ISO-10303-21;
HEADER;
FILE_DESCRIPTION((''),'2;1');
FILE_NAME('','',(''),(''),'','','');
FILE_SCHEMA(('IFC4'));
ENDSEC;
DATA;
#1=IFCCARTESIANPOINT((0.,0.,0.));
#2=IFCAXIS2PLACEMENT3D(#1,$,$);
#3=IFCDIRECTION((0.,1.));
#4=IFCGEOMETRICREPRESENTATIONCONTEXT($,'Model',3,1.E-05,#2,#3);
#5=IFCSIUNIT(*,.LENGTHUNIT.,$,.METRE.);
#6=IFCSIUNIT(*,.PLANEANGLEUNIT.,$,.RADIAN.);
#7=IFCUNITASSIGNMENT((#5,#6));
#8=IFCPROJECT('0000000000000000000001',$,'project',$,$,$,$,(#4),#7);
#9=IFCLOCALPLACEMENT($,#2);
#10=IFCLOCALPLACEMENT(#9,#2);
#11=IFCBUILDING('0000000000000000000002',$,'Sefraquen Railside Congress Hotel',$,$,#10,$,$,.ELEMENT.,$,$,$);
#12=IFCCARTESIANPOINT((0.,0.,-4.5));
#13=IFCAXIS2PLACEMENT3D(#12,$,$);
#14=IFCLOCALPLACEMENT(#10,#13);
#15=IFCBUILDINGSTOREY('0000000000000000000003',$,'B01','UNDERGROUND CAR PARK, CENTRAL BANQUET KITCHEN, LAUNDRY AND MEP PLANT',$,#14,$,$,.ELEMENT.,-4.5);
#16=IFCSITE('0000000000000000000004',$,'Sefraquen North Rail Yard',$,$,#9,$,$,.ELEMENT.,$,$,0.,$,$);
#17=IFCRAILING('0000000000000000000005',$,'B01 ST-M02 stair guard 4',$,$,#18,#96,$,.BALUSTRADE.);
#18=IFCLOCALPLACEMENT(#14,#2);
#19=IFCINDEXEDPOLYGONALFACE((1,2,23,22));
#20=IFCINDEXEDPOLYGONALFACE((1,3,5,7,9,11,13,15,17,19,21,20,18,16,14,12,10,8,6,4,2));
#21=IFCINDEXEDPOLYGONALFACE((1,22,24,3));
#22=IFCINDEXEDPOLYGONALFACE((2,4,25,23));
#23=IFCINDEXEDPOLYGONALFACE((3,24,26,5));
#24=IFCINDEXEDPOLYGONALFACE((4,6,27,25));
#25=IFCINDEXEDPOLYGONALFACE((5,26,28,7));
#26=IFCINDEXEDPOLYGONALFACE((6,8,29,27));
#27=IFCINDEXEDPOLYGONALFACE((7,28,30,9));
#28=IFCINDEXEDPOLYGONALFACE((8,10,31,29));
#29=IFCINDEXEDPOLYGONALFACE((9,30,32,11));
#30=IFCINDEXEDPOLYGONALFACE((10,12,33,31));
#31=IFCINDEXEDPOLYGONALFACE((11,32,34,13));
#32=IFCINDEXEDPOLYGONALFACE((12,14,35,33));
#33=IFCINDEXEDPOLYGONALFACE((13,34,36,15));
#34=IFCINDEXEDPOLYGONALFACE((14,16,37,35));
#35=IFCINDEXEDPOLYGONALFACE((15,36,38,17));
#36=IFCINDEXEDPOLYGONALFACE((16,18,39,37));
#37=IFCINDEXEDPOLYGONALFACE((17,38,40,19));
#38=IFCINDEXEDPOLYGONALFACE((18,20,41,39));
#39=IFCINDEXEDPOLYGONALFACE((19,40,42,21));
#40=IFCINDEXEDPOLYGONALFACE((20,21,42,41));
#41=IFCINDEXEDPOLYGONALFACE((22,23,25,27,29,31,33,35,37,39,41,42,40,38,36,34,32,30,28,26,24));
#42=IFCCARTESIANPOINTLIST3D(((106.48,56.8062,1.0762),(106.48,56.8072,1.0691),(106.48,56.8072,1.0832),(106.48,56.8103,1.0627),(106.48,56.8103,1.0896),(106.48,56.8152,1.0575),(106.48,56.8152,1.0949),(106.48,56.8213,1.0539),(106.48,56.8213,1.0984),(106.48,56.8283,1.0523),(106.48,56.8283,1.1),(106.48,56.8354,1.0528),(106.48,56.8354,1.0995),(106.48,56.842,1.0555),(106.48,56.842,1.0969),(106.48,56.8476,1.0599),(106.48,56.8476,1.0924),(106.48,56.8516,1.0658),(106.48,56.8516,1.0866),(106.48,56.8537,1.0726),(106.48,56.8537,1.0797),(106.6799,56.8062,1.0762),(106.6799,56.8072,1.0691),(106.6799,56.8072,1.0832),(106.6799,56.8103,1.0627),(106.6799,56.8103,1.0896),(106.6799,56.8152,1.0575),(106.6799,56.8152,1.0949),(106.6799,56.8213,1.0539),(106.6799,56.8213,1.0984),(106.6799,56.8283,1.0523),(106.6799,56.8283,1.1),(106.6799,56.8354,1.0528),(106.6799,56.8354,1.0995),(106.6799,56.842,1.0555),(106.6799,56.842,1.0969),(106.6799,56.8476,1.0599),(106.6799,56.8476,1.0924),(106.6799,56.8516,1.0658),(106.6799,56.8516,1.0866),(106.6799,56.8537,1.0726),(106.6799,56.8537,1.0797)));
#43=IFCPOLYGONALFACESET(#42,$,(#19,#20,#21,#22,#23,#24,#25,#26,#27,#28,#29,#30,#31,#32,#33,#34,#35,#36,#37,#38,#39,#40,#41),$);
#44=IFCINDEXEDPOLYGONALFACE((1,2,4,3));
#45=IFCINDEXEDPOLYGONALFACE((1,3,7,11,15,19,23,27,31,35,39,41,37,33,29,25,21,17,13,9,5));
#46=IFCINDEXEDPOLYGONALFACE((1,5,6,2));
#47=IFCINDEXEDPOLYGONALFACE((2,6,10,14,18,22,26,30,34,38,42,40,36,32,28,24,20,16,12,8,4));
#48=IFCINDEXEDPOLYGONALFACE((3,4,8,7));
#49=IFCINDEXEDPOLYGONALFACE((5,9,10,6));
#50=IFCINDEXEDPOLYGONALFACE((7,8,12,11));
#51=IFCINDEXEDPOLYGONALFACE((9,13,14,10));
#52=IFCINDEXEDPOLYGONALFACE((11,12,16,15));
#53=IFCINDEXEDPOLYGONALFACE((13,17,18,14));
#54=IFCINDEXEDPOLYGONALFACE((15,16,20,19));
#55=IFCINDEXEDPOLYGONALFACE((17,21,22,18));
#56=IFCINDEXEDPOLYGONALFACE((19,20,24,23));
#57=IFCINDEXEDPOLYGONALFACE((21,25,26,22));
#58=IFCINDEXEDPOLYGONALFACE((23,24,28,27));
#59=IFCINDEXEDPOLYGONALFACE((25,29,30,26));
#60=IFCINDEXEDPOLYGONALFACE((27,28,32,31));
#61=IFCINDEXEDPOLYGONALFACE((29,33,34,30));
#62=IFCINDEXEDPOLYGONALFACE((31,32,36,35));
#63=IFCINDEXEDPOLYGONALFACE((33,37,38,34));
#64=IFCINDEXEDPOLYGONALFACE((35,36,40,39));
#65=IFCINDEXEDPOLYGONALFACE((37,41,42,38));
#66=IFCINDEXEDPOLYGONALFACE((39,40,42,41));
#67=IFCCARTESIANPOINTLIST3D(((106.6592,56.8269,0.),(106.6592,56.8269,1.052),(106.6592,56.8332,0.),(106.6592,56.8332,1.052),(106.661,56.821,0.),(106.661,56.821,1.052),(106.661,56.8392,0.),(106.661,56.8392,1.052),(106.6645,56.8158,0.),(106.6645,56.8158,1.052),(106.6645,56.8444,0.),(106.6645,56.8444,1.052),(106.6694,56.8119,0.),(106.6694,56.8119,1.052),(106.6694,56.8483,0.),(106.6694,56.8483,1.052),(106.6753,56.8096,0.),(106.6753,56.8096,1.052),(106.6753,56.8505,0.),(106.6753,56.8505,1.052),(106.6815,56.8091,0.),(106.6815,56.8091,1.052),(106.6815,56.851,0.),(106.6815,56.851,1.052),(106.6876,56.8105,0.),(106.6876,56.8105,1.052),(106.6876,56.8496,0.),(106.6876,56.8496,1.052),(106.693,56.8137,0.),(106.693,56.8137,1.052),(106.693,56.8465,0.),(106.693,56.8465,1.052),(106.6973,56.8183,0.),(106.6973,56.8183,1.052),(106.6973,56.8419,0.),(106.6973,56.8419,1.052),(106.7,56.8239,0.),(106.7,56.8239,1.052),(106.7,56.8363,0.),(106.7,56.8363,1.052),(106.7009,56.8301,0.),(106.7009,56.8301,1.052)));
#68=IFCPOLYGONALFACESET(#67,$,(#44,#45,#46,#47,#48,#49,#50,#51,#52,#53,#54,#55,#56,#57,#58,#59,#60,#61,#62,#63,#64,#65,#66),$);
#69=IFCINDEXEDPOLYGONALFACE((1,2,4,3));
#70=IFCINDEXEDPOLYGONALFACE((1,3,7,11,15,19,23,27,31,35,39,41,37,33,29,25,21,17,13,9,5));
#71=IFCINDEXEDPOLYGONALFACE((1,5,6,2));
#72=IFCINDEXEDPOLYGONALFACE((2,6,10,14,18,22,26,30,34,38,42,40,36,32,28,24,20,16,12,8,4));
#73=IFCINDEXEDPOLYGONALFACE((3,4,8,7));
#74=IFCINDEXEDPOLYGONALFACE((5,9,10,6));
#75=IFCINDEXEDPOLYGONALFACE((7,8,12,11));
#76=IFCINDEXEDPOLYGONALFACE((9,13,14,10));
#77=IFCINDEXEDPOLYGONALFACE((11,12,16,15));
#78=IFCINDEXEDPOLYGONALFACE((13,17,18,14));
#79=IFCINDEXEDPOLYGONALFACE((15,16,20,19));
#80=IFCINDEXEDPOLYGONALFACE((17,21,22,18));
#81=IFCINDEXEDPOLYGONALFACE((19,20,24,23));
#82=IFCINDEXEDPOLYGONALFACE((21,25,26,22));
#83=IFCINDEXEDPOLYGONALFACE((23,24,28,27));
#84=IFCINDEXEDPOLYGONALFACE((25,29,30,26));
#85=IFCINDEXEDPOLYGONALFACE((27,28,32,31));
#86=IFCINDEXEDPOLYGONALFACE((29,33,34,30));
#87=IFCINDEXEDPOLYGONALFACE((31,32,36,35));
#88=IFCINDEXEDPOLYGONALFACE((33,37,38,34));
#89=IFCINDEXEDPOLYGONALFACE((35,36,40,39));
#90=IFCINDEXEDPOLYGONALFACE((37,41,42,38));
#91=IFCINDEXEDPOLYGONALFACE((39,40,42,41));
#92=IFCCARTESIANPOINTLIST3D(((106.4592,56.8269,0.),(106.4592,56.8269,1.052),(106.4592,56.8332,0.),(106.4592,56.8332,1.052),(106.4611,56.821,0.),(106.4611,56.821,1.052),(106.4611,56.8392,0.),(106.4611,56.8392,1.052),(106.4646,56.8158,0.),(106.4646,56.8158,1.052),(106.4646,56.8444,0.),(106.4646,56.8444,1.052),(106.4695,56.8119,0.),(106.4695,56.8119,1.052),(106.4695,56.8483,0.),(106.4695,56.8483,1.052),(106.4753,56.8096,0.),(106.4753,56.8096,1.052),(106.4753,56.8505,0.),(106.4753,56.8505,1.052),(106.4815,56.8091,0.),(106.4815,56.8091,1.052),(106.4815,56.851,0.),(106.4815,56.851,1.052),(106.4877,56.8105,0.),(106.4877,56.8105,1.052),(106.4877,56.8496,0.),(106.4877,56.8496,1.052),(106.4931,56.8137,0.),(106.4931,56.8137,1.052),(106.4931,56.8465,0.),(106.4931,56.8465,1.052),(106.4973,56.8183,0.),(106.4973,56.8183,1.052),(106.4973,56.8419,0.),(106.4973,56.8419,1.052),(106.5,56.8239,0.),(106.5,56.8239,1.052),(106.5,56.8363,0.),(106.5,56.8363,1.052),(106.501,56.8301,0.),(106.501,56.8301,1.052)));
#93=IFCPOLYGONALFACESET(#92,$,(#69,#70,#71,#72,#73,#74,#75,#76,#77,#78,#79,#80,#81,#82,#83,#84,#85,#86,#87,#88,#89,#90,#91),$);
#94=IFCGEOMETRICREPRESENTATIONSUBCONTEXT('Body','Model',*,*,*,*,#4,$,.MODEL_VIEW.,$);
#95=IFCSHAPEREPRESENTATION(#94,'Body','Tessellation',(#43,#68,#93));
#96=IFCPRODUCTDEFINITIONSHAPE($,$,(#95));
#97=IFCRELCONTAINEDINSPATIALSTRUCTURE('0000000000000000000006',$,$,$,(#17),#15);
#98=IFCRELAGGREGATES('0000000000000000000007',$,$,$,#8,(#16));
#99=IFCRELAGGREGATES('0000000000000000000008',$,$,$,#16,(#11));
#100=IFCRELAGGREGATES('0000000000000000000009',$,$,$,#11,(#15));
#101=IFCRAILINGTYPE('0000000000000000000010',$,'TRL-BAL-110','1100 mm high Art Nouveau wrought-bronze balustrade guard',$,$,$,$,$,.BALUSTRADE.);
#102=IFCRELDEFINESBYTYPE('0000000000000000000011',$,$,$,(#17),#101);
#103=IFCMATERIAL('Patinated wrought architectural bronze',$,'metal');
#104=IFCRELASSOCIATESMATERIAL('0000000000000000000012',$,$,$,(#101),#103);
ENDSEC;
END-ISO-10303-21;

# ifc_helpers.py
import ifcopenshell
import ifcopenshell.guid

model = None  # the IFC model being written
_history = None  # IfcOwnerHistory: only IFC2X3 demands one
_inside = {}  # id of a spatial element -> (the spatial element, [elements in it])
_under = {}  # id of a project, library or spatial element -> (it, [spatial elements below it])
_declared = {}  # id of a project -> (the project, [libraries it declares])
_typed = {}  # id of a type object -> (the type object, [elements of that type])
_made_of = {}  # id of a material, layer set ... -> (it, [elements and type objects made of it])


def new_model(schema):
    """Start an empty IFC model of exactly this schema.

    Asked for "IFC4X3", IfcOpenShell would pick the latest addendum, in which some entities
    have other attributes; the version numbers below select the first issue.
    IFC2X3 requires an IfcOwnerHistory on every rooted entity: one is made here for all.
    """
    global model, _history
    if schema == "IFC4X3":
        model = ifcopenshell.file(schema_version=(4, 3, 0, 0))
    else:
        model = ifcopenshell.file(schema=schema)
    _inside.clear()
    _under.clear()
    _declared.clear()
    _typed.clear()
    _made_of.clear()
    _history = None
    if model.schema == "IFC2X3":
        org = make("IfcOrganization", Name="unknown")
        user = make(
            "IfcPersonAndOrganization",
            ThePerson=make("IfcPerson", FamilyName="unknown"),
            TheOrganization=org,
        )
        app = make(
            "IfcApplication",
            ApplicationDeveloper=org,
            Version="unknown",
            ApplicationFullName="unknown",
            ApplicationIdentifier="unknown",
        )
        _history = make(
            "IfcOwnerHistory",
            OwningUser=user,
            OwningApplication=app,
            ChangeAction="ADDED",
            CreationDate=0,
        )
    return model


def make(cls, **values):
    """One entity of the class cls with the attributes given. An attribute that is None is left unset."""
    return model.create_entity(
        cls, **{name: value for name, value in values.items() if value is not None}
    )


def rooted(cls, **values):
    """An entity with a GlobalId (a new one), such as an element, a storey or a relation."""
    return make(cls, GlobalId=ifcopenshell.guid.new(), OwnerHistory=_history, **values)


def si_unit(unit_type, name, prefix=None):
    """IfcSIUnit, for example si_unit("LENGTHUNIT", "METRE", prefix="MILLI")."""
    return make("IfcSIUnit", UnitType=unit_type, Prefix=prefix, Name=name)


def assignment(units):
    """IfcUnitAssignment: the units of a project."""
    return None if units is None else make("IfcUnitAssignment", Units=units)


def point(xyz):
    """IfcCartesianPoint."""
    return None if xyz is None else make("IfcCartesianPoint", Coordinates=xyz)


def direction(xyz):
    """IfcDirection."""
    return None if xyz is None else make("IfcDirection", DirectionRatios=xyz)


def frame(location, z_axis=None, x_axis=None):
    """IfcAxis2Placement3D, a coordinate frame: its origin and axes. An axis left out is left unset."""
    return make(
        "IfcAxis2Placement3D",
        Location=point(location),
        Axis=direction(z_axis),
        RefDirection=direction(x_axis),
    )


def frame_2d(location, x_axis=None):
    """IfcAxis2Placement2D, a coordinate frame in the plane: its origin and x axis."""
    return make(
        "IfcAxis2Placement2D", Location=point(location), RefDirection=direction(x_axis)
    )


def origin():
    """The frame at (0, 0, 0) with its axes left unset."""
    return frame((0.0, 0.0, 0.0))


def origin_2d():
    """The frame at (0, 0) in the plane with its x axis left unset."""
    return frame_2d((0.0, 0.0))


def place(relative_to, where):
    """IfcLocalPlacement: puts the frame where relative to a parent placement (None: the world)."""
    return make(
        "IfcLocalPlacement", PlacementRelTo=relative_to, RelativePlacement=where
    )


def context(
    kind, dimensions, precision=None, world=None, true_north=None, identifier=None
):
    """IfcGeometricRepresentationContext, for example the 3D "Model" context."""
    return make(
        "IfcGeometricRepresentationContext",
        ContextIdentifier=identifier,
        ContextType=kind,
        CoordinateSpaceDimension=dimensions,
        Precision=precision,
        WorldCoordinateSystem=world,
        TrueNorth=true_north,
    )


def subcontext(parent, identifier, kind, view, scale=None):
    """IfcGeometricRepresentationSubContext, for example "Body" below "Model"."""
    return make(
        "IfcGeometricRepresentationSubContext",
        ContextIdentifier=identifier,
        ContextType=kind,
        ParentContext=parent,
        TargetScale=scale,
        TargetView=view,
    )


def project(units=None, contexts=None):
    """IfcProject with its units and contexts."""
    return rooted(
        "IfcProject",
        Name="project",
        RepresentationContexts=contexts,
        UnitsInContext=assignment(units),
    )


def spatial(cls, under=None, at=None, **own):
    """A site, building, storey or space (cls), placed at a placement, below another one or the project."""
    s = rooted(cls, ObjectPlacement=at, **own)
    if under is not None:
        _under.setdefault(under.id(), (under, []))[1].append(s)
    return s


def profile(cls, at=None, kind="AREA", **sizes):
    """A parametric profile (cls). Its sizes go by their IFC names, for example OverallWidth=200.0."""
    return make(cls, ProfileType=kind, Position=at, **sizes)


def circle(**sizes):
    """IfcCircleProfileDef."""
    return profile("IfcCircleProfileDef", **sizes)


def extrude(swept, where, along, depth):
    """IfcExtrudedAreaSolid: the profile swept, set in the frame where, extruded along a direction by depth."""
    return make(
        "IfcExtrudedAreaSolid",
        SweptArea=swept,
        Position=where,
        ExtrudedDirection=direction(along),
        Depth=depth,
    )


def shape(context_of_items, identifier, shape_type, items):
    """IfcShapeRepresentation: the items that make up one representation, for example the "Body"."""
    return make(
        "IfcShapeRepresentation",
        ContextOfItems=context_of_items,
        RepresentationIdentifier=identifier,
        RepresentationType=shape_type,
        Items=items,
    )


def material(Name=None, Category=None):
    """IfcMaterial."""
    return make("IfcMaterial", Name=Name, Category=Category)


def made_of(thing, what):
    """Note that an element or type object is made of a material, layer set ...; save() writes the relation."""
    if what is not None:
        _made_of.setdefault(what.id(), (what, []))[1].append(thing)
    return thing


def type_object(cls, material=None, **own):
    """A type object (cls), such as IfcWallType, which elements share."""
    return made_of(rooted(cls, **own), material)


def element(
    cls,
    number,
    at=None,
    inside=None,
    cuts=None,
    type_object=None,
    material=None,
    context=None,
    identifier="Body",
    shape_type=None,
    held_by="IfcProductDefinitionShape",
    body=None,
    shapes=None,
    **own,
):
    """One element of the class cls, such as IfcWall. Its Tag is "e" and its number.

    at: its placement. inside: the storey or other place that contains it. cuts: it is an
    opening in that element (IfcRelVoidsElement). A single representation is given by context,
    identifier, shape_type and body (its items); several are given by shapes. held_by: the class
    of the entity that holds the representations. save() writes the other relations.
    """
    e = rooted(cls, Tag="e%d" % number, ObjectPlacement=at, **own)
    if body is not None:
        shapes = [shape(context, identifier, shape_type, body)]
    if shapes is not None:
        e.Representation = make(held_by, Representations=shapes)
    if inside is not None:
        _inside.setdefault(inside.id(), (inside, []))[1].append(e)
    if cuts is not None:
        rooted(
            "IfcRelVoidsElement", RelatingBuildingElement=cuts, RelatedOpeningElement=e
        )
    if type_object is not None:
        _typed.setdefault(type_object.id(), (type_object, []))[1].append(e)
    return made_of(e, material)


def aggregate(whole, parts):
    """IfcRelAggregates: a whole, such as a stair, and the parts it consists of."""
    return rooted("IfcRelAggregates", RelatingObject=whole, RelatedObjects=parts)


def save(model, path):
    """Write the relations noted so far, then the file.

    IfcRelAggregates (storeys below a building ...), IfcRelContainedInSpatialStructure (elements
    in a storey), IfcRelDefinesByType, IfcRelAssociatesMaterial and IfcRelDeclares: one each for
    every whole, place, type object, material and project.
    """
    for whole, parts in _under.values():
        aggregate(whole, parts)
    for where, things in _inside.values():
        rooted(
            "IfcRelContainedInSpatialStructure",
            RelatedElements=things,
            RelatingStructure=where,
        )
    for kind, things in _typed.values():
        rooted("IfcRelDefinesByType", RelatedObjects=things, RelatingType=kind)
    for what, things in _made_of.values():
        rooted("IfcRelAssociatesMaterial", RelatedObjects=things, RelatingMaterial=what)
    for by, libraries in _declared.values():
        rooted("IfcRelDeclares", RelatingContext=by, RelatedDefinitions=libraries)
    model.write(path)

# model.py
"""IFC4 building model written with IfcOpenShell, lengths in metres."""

from ifc_helpers import new_model, si_unit, direction, frame, origin, origin_2d, place, context, subcontext, project, spatial, circle, extrude, material, type_object, element, save


model = new_model("IFC4")

# Units and contexts
model_context = context("Model", 3, precision=1e-05, world=origin(), true_north=direction((0.0, 1.0)))
body_context = subcontext(model_context, "Body", "Model", "MODEL_VIEW")
ifc_project = project(units=[si_unit("LENGTHUNIT", "METRE"), si_unit("PLANEANGLEUNIT", "RADIAN")], contexts=[model_context])

# Site, building, storey
site_placement = place(None, origin())
site = spatial("IfcSite", under=ifc_project, at=site_placement, Name="Sefraquen North Rail Yard", CompositionType="ELEMENT", RefElevation=0.0)
building_placement = place(site_placement, origin())
building = spatial("IfcBuilding", under=site, at=building_placement, Name="Sefraquen Railside Congress Hotel", CompositionType="ELEMENT")
storey_placement = place(building_placement, frame((0.0, 0.0, -4.5)))
storey = spatial("IfcBuildingStorey", under=building, at=storey_placement, Name="B01", Description="UNDERGROUND CAR PARK, CENTRAL BANQUET KITCHEN, LAUNDRY AND MEP PLANT", CompositionType="ELEMENT", Elevation=-4.5)

# Railing
ifc_material_1 = material(Name="Patinated wrought architectural bronze", Category="metal")
railing_type_1 = type_object("IfcRailingType", Name="TRL-BAL-110", Description="1100 mm high Art Nouveau wrought-bronze balustrade guard", PredefinedType="BALUSTRADE", material=ifc_material_1)
railing_1_placement = place(storey_placement, frame((106.6799, 56.8301, 0.0)))
element("IfcRailing", 1, at=railing_1_placement, inside=storey, type_object=railing_type_1, Name="B01 ST-M02 stair guard 4", PredefinedType="BALUSTRADE", context=body_context, shape_type="SweptSolid", body=[
    extrude(circle(Radius=0.0239, at=origin_2d()), frame((0.0, 0.0, 1.0762), z_axis=(-1.0, 0.0, 0.0), x_axis=(0.0, -1.0, 0.0)), (0.0, 0.0, 1.0), 0.2),
    extrude(circle(Radius=0.021, at=origin_2d()), origin(), (0.0, 0.0, 1.0), 1.052),
    extrude(circle(Radius=0.021, at=origin_2d()), frame((-0.2, 0.0, 0.0)), (0.0, 0.0, 1.0), 1.052),
])

save(model, "model.ifc")
